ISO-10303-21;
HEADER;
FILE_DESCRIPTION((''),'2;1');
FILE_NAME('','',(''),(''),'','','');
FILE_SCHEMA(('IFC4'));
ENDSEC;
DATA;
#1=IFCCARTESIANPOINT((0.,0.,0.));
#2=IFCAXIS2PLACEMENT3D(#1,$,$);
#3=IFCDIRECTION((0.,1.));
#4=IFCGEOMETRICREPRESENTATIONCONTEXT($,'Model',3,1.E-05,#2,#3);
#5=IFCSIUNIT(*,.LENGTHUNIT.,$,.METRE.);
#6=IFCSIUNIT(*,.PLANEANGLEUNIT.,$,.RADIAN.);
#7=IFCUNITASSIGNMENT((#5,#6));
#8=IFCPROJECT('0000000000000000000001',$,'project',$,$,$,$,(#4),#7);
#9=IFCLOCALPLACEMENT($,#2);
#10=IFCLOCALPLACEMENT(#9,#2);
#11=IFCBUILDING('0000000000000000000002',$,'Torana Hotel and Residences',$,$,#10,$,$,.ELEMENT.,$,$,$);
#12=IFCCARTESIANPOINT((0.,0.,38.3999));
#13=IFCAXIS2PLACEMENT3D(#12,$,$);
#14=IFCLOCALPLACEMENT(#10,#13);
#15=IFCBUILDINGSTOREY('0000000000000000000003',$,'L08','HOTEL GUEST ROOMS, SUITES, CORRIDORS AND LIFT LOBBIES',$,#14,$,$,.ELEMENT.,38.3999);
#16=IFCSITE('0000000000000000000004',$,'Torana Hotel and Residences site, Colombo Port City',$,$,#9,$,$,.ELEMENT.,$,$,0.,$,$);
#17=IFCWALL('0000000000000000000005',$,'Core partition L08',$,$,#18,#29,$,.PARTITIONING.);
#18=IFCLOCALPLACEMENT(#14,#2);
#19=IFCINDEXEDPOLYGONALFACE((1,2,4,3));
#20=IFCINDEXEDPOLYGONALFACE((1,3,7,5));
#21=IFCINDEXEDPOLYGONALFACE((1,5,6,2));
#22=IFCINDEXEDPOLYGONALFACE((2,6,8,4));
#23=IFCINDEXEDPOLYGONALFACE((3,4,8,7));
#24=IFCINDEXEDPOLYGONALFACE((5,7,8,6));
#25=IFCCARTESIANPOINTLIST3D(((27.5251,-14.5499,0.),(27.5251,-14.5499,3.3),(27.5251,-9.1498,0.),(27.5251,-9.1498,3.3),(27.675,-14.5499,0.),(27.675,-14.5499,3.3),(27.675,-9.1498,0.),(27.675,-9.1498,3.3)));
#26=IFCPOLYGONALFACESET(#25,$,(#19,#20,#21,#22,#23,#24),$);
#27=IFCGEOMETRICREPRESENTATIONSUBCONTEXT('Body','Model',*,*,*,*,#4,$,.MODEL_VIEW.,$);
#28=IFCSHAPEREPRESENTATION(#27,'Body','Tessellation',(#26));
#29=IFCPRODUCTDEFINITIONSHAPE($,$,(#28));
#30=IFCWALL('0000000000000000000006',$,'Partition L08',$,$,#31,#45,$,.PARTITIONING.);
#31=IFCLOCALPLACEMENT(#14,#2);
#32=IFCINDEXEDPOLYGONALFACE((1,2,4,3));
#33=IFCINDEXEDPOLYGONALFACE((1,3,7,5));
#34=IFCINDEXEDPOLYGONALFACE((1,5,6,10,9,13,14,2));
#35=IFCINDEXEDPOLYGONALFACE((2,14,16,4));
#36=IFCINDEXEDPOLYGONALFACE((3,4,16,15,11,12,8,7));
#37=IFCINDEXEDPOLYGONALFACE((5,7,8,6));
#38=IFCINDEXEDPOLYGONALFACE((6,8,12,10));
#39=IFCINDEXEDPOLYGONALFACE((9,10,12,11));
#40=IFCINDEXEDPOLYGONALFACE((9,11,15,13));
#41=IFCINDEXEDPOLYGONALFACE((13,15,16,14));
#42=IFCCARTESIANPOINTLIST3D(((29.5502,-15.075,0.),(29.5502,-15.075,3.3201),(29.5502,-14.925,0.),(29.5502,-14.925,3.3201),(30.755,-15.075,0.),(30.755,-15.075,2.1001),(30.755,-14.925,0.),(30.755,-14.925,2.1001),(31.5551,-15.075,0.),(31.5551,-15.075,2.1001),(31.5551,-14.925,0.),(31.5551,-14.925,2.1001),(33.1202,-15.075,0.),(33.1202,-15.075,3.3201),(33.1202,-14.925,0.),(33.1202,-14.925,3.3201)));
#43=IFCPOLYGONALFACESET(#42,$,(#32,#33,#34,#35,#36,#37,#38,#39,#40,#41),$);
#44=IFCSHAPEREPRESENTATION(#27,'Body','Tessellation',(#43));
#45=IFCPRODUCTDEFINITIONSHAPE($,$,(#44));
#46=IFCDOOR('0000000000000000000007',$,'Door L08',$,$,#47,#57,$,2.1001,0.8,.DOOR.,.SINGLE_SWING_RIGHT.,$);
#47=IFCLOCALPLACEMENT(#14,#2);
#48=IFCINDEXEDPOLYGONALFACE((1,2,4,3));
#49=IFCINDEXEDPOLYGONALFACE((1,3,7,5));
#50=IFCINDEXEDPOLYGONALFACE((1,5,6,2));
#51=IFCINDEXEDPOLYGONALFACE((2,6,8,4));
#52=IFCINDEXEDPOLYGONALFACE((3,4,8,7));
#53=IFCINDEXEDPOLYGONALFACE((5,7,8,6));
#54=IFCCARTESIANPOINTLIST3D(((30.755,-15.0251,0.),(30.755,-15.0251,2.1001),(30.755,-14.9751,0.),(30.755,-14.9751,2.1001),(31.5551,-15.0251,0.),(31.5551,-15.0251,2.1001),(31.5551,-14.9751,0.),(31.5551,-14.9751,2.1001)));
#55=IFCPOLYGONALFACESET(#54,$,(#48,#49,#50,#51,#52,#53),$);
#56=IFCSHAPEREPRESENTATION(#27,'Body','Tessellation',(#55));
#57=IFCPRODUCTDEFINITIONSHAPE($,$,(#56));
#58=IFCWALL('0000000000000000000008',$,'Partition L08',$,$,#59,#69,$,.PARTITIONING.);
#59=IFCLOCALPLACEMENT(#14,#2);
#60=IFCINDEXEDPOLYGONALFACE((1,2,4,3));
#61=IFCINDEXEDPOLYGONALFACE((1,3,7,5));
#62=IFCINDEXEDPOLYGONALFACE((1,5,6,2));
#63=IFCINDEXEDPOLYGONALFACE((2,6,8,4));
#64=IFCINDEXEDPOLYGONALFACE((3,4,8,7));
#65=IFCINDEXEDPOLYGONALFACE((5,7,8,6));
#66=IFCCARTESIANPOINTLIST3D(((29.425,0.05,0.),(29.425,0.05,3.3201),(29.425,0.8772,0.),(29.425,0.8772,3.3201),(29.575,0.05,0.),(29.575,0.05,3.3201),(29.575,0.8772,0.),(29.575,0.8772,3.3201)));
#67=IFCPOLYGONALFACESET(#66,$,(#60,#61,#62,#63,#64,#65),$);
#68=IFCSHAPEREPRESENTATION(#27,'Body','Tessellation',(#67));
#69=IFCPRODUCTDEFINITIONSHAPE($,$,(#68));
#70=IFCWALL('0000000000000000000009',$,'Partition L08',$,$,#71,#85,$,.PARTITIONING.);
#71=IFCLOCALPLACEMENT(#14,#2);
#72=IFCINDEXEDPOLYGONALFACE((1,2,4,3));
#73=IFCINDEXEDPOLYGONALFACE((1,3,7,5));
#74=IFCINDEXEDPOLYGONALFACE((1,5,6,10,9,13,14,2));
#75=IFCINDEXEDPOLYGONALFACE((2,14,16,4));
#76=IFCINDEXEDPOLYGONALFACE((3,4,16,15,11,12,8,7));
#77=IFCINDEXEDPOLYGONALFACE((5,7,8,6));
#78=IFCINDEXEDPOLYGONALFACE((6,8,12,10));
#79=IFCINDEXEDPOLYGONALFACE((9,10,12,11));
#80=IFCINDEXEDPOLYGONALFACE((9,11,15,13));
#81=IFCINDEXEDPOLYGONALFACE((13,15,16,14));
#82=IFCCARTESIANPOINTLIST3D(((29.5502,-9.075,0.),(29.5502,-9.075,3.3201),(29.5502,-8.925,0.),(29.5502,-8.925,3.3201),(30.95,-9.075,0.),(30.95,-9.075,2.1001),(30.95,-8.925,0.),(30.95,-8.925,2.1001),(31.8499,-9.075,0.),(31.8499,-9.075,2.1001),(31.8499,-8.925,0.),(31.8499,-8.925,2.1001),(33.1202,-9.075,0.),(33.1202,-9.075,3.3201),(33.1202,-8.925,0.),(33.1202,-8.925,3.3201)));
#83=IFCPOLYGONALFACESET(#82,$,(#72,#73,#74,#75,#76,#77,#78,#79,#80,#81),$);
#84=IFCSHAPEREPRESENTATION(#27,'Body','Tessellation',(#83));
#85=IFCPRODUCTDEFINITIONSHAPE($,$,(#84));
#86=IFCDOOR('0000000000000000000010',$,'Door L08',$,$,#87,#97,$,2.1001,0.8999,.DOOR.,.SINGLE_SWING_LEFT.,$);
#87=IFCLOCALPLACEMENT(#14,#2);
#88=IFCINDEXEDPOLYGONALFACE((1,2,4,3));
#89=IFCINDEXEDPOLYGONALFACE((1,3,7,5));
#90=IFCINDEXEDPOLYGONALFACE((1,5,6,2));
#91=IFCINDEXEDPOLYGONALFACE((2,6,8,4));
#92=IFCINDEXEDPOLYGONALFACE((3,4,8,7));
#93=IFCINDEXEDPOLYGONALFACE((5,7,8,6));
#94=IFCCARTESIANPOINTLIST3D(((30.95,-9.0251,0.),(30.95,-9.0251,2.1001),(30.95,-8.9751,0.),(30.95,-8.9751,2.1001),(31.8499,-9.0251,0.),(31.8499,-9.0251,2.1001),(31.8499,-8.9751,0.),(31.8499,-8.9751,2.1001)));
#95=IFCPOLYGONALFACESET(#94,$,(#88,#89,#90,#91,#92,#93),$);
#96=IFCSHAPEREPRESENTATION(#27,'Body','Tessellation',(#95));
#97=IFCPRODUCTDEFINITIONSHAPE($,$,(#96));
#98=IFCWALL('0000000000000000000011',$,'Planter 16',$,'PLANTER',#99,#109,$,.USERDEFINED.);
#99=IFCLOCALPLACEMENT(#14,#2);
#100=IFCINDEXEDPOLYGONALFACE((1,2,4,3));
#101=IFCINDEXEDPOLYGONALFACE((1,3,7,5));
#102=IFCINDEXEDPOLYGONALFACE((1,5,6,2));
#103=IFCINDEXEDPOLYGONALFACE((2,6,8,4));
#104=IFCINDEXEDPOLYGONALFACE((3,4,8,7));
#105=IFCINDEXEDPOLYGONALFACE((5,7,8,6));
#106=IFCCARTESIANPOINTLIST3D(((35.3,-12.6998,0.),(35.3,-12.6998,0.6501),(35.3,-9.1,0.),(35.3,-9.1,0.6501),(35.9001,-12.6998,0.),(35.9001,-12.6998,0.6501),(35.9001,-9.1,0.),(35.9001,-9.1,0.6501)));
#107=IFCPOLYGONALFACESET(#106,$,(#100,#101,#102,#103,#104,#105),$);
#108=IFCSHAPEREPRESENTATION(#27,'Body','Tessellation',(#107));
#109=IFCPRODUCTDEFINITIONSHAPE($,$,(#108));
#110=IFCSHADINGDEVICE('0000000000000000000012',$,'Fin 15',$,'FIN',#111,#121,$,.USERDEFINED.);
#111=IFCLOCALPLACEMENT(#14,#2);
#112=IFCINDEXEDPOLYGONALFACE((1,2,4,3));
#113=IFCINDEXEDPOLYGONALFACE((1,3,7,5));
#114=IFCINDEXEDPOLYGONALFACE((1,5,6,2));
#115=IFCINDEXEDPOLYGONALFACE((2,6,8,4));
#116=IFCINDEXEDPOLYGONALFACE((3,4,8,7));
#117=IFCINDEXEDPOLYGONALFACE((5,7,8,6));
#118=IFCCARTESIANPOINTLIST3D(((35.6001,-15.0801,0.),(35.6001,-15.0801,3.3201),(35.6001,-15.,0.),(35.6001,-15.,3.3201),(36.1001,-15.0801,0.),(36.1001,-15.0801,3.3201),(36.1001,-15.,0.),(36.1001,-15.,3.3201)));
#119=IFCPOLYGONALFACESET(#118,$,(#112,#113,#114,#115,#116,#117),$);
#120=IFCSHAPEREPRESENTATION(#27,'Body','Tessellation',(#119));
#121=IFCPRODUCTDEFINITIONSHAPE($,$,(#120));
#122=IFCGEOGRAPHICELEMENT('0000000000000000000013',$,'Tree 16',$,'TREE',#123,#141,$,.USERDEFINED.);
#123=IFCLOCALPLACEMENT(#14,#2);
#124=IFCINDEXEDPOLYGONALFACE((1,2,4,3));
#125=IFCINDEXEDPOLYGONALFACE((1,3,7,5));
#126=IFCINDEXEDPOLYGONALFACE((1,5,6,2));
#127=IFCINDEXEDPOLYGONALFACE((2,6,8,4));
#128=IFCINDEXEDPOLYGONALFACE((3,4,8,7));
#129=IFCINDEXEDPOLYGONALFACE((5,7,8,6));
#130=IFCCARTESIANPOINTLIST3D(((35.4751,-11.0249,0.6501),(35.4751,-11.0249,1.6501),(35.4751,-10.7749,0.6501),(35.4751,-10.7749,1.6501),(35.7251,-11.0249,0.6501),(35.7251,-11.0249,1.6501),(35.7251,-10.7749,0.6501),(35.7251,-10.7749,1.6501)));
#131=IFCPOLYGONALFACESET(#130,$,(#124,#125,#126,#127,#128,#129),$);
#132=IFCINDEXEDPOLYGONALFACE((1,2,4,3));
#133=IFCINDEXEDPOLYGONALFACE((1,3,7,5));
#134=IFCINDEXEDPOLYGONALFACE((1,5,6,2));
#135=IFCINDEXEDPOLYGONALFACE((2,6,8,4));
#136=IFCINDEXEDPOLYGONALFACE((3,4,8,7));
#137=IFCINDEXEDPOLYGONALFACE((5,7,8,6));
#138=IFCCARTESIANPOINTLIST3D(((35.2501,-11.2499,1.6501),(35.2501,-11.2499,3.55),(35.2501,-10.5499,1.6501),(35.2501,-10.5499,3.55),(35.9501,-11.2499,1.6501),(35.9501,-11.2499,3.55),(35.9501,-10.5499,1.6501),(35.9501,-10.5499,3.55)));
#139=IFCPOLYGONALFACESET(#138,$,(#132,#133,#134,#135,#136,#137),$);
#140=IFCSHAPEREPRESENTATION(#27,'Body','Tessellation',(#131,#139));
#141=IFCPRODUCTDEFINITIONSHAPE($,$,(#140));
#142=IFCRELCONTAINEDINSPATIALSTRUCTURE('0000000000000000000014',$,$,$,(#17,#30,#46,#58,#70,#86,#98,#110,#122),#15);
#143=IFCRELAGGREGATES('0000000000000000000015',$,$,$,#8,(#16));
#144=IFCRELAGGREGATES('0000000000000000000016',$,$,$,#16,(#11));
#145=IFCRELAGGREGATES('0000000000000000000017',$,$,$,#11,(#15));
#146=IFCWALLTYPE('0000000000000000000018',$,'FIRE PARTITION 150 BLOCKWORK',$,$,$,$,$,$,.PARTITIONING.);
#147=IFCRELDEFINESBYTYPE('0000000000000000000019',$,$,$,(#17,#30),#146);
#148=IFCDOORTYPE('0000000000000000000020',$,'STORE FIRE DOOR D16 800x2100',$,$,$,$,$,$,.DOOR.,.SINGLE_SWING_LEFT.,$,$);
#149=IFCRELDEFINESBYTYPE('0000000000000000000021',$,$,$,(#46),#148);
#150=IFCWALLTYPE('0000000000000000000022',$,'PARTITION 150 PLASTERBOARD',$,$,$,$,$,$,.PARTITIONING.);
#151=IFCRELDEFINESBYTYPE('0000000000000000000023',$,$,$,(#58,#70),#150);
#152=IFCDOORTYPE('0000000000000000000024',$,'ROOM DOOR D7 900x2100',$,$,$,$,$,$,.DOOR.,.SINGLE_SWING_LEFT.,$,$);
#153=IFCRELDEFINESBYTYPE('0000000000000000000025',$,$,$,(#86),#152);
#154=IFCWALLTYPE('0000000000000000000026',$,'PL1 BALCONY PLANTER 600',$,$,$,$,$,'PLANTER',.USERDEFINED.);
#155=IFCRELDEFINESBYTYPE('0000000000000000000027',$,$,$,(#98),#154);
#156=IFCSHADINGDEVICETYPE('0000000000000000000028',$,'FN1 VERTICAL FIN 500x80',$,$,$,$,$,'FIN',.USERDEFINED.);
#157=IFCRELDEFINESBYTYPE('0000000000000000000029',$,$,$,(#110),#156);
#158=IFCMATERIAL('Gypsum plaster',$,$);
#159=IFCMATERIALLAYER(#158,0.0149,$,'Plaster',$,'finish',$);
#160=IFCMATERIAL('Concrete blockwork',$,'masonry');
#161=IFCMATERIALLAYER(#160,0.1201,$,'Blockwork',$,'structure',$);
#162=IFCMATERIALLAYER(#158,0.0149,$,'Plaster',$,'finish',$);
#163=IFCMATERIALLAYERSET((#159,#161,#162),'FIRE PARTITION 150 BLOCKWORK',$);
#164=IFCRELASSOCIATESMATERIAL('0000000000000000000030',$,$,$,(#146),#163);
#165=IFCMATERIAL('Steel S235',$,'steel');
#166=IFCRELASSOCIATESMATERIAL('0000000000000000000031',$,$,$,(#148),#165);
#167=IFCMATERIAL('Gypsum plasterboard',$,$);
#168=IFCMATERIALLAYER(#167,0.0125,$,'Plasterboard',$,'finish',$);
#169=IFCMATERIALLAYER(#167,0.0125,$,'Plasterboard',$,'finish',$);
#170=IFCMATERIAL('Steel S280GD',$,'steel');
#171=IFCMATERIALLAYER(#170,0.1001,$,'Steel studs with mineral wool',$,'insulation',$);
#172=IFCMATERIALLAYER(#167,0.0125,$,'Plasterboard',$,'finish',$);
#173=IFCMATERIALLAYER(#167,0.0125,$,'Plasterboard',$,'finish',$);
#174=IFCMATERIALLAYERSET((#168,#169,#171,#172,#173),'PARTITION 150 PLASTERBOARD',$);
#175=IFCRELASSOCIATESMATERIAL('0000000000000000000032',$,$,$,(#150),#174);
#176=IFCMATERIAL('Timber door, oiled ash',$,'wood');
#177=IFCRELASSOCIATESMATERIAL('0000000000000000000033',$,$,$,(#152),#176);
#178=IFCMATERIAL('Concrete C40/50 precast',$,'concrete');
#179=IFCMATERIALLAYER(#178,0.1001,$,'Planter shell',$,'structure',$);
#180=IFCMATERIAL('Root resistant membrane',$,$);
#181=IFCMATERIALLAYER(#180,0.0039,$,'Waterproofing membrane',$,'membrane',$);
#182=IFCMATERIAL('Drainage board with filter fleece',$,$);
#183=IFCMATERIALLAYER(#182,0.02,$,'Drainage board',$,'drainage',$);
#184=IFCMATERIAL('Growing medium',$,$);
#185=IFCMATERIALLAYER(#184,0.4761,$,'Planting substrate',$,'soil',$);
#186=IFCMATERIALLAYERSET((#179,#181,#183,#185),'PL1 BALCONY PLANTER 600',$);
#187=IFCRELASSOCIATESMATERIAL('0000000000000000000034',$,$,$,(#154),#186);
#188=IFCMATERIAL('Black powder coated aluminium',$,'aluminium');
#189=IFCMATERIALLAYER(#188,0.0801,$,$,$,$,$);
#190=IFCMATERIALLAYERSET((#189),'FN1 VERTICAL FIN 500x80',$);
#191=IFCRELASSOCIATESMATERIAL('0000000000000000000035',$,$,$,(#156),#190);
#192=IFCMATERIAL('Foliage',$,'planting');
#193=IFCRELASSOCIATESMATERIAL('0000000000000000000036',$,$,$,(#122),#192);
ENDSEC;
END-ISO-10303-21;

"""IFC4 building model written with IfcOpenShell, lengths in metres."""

from ifc_helpers import new_model, si_unit, direction, frame, frame_2d, origin, origin_2d, place, context, subcontext, project, spatial, rectangle, extrude, material, layer, layer_set, type_object, element, fill, save


model = new_model("IFC4")

# Units and contexts
model_context = context("Model", 3, precision=1e-05, world=origin(), true_north=direction((0.0, 1.0)))
body_context = subcontext(model_context, "Body", "Model", "MODEL_VIEW")
ifc_project = project(units=[si_unit("LENGTHUNIT", "METRE"), si_unit("PLANEANGLEUNIT", "RADIAN")], contexts=[model_context])

# Site, building, storey
site_placement = place(None, origin())
site = spatial("IfcSite", under=ifc_project, at=site_placement, Name="Torana Hotel and Residences site, Colombo Port City", CompositionType="ELEMENT", RefElevation=0.0)
building_placement = place(site_placement, origin())
building = spatial("IfcBuilding", under=site, at=building_placement, Name="Torana Hotel and Residences", CompositionType="ELEMENT")
storey_placement = place(building_placement, frame((0.0, 0.0, 38.3999)))
storey = spatial("IfcBuildingStorey", under=building, at=storey_placement, Name="L08", Description="HOTEL GUEST ROOMS, SUITES, CORRIDORS AND LIFT LOBBIES", CompositionType="ELEMENT", Elevation=38.3999)

# Shared definitions
ifc_material_1 = material(Name="Steel S280GD", Category="steel")

# Shared definitions
ifc_material_2 = material(Name="Concrete C40/50 precast", Category="concrete")

# Wall
ifc_material_3 = material(Name="Gypsum plaster")
ifc_layer_1 = layer(ifc_material_3, 0.0149, Name="Plaster", Category="finish")
ifc_material_4 = material(Name="Concrete blockwork", Category="masonry")
ifc_layer_2 = layer(ifc_material_4, 0.1201, Name="Blockwork", Category="structure")
ifc_layer_3 = layer(ifc_material_3, 0.0149, Name="Plaster", Category="finish")
ifc_layer_set_1 = layer_set([ifc_layer_1, ifc_layer_2, ifc_layer_3], Name="FIRE PARTITION 150 BLOCKWORK")
wall_type_1 = type_object("IfcWallType", Name="FIRE PARTITION 150 BLOCKWORK", PredefinedType="PARTITIONING", material=ifc_layer_set_1)
wall_1_placement = place(storey_placement, frame((27.6001, -14.55, 0.0), z_axis=(0.0, 0.0, 1.0), x_axis=(0.0, 1.0, 0.0)))
element("IfcWall", 1, at=wall_1_placement, inside=storey, type_object=wall_type_1, Name="Core partition L08", PredefinedType="PARTITIONING", context=body_context, shape_type="SweptSolid", body=[
    extrude(rectangle(XDim=5.4001, YDim=0.1499, at=frame_2d((2.7002, 0.0))), origin(), (0.0, 0.0, 1.0), 3.3),
])

# Wall, opening, door
wall_2_placement = place(storey_placement, frame((29.55, -15.0, 0.0), z_axis=(0.0, 0.0, 1.0), x_axis=(1.0, 0.0, 0.0)))
wall_2 = element("IfcWall", 2, at=wall_2_placement, inside=storey, type_object=wall_type_1, Name="Partition L08", PredefinedType="PARTITIONING", context=body_context, shape_type="SweptSolid", body=[
    extrude(rectangle(XDim=3.5701, YDim=0.1499, at=frame_2d((1.7852, 0.0))), origin(), (0.0, 0.0, 1.0), 3.3201),
])
opening_1_placement = place(wall_2_placement, frame((1.2051, 0.0, 0.0)))
opening_1 = element("IfcOpeningElement", 3, at=opening_1_placement, cuts=wall_2, PredefinedType="OPENING", context=body_context, shape_type="SweptSolid", body=[
    extrude(rectangle(XDim=0.8, YDim=2.1001, at=frame_2d((0.3999, 1.05))), frame((0.0, 0.085, 0.0), z_axis=(0.0, -1.0, 0.0), x_axis=(1.0, 0.0, 0.0)), (0.0, 0.0, 1.0), 0.1699),
])
ifc_material_5 = material(Name="Steel S235", Category="steel")
door_type_1 = type_object("IfcDoorType", Name="STORE FIRE DOOR D16 800x2100", OperationType="SINGLE_SWING_LEFT", PredefinedType="DOOR", material=ifc_material_5)
door_1_placement = place(opening_1_placement, origin())
door_1 = element("IfcDoor", 4, at=door_1_placement, inside=storey, type_object=door_type_1, Name="Door L08", OperationType="SINGLE_SWING_RIGHT", OverallHeight=2.1001, OverallWidth=0.8, PredefinedType="DOOR", context=body_context, shape_type="SweptSolid", body=[
    extrude(rectangle(XDim=0.8, YDim=2.1001, at=frame_2d((0.3999, 1.05))), frame((0.0, 0.0249, 0.0), z_axis=(0.0, -1.0, 0.0), x_axis=(1.0, 0.0, 0.0)), (0.0, 0.0, 1.0), 0.05),
])
fill(opening_1, door_1)

# Wall
ifc_material_6 = material(Name="Gypsum plasterboard")
ifc_layer_4 = layer(ifc_material_6, 0.0125, Name="Plasterboard", Category="finish")
ifc_layer_5 = layer(ifc_material_6, 0.0125, Name="Plasterboard", Category="finish")
ifc_layer_6 = layer(ifc_material_1, 0.1001, Name="Steel studs with mineral wool", Category="insulation")
ifc_layer_7 = layer(ifc_material_6, 0.0125, Name="Plasterboard", Category="finish")
ifc_layer_8 = layer(ifc_material_6, 0.0125, Name="Plasterboard", Category="finish")
ifc_layer_set_2 = layer_set([ifc_layer_4, ifc_layer_5, ifc_layer_6, ifc_layer_7, ifc_layer_8], Name="PARTITION 150 PLASTERBOARD")
wall_type_2 = type_object("IfcWallType", Name="PARTITION 150 PLASTERBOARD", PredefinedType="PARTITIONING", material=ifc_layer_set_2)
wall_3_placement = place(storey_placement, frame((29.5, 0.05, 0.0), z_axis=(0.0, 0.0, 1.0), x_axis=(0.0, 1.0, 0.0)))
element("IfcWall", 5, at=wall_3_placement, inside=storey, type_object=wall_type_2, Name="Partition L08", PredefinedType="PARTITIONING", context=body_context, shape_type="SweptSolid", body=[
    extrude(rectangle(XDim=0.8271, YDim=0.1499, at=frame_2d((0.4136, 0.0))), origin(), (0.0, 0.0, 1.0), 3.3201),
])

# Wall, opening, door
wall_4_placement = place(storey_placement, frame((29.55, -9.0, 0.0), z_axis=(0.0, 0.0, 1.0), x_axis=(1.0, 0.0, 0.0)))
wall_4 = element("IfcWall", 6, at=wall_4_placement, inside=storey, type_object=wall_type_2, Name="Partition L08", PredefinedType="PARTITIONING", context=body_context, shape_type="SweptSolid", body=[
    extrude(rectangle(XDim=3.5701, YDim=0.1499, at=frame_2d((1.7852, 0.0))), origin(), (0.0, 0.0, 1.0), 3.3201),
])
opening_2_placement = place(wall_4_placement, frame((1.3999, 0.0, 0.0)))
opening_2 = element("IfcOpeningElement", 7, at=opening_2_placement, cuts=wall_4, PredefinedType="OPENING", context=body_context, shape_type="SweptSolid", body=[
    extrude(rectangle(XDim=0.8999, YDim=2.1001, at=frame_2d((0.45, 1.05))), frame((0.0, 0.085, 0.0), z_axis=(0.0, -1.0, 0.0), x_axis=(1.0, 0.0, 0.0)), (0.0, 0.0, 1.0), 0.1699),
])
ifc_material_7 = material(Name="Timber door, oiled ash", Category="wood")
door_type_2 = type_object("IfcDoorType", Name="ROOM DOOR D7 900x2100", OperationType="SINGLE_SWING_LEFT", PredefinedType="DOOR", material=ifc_material_7)
door_2_placement = place(opening_2_placement, origin())
door_2 = element("IfcDoor", 8, at=door_2_placement, inside=storey, type_object=door_type_2, Name="Door L08", OperationType="SINGLE_SWING_LEFT", OverallHeight=2.1001, OverallWidth=0.8999, PredefinedType="DOOR", context=body_context, shape_type="SweptSolid", body=[
    extrude(rectangle(XDim=0.8999, YDim=2.1001, at=frame_2d((0.45, 1.05))), frame((0.0, 0.0249, 0.0), z_axis=(0.0, -1.0, 0.0), x_axis=(1.0, 0.0, 0.0)), (0.0, 0.0, 1.0), 0.05),
])
fill(opening_2, door_2)

# Wall
ifc_layer_9 = layer(ifc_material_2, 0.1001, Name="Planter shell", Category="structure")
ifc_material_8 = material(Name="Root resistant membrane")
ifc_layer_10 = layer(ifc_material_8, 0.0039, Name="Waterproofing membrane", Category="membrane")
ifc_material_9 = material(Name="Drainage board with filter fleece")
ifc_layer_11 = layer(ifc_material_9, 0.02, Name="Drainage board", Category="drainage")
ifc_material_10 = material(Name="Growing medium")
ifc_layer_12 = layer(ifc_material_10, 0.4761, Name="Planting substrate", Category="soil")
ifc_layer_set_3 = layer_set([ifc_layer_9, ifc_layer_10, ifc_layer_11, ifc_layer_12], Name="PL1 BALCONY PLANTER 600")
wall_type_3 = type_object("IfcWallType", Name="PL1 BALCONY PLANTER 600", ElementType="PLANTER", PredefinedType="USERDEFINED", material=ifc_layer_set_3)
wall_5_placement = place(storey_placement, frame((35.6001, -9.1001, 0.0), z_axis=(0.0, 0.0, 1.0), x_axis=(0.0, -1.0, 0.0)))
element("IfcWall", 9, at=wall_5_placement, inside=storey, type_object=wall_type_3, Name="Planter 16", ObjectType="PLANTER", PredefinedType="USERDEFINED", context=body_context, shape_type="SweptSolid", body=[
    extrude(rectangle(XDim=3.5999, YDim=0.6001, at=frame_2d((1.7998, 0.0))), origin(), (0.0, 0.0, 1.0), 0.6501),
])

# Shading device
ifc_material_11 = material(Name="Black powder coated aluminium", Category="aluminium")
ifc_layer_13 = layer(ifc_material_11, 0.0801)
ifc_layer_set_4 = layer_set([ifc_layer_13], Name="FN1 VERTICAL FIN 500x80")
shading_device_type = type_object("IfcShadingDeviceType", Name="FN1 VERTICAL FIN 500x80", ElementType="FIN", PredefinedType="USERDEFINED", material=ifc_layer_set_4)
shading_device_placement = place(storey_placement, frame((35.8501, -15.04, 0.0), z_axis=(0.0, 0.0, 1.0), x_axis=(0.0, -1.0, 0.0)))
element("IfcShadingDevice", 10, at=shading_device_placement, inside=storey, type_object=shading_device_type, Name="Fin 15", ObjectType="FIN", PredefinedType="USERDEFINED", context=body_context, shape_type="SweptSolid", body=[
    extrude(rectangle(XDim=0.0801, YDim=0.5, at=origin_2d()), origin(), (0.0, 0.0, 1.0), 3.3201),
])

# Geographic element
ifc_material_12 = material(Name="Foliage", Category="planting")
geographic_element_placement = place(storey_placement, frame((35.6001, -10.8999, 0.6501), z_axis=(0.0, 0.0, 1.0), x_axis=(1.0, 0.0, 0.0)))
element("IfcGeographicElement", 11, at=geographic_element_placement, inside=storey, material=ifc_material_12, Name="Tree 16", ObjectType="TREE", PredefinedType="USERDEFINED", context=body_context, shape_type="SweptSolid", body=[
    extrude(rectangle(XDim=0.25, YDim=0.25, at=origin_2d()), origin(), (0.0, 0.0, 1.0), 1.0),
    extrude(rectangle(XDim=0.7, YDim=0.7, at=origin_2d()), frame((0.0, 0.0, 1.0)), (0.0, 0.0, 1.0), 1.8999),
])

save(model, "model.ifc")
